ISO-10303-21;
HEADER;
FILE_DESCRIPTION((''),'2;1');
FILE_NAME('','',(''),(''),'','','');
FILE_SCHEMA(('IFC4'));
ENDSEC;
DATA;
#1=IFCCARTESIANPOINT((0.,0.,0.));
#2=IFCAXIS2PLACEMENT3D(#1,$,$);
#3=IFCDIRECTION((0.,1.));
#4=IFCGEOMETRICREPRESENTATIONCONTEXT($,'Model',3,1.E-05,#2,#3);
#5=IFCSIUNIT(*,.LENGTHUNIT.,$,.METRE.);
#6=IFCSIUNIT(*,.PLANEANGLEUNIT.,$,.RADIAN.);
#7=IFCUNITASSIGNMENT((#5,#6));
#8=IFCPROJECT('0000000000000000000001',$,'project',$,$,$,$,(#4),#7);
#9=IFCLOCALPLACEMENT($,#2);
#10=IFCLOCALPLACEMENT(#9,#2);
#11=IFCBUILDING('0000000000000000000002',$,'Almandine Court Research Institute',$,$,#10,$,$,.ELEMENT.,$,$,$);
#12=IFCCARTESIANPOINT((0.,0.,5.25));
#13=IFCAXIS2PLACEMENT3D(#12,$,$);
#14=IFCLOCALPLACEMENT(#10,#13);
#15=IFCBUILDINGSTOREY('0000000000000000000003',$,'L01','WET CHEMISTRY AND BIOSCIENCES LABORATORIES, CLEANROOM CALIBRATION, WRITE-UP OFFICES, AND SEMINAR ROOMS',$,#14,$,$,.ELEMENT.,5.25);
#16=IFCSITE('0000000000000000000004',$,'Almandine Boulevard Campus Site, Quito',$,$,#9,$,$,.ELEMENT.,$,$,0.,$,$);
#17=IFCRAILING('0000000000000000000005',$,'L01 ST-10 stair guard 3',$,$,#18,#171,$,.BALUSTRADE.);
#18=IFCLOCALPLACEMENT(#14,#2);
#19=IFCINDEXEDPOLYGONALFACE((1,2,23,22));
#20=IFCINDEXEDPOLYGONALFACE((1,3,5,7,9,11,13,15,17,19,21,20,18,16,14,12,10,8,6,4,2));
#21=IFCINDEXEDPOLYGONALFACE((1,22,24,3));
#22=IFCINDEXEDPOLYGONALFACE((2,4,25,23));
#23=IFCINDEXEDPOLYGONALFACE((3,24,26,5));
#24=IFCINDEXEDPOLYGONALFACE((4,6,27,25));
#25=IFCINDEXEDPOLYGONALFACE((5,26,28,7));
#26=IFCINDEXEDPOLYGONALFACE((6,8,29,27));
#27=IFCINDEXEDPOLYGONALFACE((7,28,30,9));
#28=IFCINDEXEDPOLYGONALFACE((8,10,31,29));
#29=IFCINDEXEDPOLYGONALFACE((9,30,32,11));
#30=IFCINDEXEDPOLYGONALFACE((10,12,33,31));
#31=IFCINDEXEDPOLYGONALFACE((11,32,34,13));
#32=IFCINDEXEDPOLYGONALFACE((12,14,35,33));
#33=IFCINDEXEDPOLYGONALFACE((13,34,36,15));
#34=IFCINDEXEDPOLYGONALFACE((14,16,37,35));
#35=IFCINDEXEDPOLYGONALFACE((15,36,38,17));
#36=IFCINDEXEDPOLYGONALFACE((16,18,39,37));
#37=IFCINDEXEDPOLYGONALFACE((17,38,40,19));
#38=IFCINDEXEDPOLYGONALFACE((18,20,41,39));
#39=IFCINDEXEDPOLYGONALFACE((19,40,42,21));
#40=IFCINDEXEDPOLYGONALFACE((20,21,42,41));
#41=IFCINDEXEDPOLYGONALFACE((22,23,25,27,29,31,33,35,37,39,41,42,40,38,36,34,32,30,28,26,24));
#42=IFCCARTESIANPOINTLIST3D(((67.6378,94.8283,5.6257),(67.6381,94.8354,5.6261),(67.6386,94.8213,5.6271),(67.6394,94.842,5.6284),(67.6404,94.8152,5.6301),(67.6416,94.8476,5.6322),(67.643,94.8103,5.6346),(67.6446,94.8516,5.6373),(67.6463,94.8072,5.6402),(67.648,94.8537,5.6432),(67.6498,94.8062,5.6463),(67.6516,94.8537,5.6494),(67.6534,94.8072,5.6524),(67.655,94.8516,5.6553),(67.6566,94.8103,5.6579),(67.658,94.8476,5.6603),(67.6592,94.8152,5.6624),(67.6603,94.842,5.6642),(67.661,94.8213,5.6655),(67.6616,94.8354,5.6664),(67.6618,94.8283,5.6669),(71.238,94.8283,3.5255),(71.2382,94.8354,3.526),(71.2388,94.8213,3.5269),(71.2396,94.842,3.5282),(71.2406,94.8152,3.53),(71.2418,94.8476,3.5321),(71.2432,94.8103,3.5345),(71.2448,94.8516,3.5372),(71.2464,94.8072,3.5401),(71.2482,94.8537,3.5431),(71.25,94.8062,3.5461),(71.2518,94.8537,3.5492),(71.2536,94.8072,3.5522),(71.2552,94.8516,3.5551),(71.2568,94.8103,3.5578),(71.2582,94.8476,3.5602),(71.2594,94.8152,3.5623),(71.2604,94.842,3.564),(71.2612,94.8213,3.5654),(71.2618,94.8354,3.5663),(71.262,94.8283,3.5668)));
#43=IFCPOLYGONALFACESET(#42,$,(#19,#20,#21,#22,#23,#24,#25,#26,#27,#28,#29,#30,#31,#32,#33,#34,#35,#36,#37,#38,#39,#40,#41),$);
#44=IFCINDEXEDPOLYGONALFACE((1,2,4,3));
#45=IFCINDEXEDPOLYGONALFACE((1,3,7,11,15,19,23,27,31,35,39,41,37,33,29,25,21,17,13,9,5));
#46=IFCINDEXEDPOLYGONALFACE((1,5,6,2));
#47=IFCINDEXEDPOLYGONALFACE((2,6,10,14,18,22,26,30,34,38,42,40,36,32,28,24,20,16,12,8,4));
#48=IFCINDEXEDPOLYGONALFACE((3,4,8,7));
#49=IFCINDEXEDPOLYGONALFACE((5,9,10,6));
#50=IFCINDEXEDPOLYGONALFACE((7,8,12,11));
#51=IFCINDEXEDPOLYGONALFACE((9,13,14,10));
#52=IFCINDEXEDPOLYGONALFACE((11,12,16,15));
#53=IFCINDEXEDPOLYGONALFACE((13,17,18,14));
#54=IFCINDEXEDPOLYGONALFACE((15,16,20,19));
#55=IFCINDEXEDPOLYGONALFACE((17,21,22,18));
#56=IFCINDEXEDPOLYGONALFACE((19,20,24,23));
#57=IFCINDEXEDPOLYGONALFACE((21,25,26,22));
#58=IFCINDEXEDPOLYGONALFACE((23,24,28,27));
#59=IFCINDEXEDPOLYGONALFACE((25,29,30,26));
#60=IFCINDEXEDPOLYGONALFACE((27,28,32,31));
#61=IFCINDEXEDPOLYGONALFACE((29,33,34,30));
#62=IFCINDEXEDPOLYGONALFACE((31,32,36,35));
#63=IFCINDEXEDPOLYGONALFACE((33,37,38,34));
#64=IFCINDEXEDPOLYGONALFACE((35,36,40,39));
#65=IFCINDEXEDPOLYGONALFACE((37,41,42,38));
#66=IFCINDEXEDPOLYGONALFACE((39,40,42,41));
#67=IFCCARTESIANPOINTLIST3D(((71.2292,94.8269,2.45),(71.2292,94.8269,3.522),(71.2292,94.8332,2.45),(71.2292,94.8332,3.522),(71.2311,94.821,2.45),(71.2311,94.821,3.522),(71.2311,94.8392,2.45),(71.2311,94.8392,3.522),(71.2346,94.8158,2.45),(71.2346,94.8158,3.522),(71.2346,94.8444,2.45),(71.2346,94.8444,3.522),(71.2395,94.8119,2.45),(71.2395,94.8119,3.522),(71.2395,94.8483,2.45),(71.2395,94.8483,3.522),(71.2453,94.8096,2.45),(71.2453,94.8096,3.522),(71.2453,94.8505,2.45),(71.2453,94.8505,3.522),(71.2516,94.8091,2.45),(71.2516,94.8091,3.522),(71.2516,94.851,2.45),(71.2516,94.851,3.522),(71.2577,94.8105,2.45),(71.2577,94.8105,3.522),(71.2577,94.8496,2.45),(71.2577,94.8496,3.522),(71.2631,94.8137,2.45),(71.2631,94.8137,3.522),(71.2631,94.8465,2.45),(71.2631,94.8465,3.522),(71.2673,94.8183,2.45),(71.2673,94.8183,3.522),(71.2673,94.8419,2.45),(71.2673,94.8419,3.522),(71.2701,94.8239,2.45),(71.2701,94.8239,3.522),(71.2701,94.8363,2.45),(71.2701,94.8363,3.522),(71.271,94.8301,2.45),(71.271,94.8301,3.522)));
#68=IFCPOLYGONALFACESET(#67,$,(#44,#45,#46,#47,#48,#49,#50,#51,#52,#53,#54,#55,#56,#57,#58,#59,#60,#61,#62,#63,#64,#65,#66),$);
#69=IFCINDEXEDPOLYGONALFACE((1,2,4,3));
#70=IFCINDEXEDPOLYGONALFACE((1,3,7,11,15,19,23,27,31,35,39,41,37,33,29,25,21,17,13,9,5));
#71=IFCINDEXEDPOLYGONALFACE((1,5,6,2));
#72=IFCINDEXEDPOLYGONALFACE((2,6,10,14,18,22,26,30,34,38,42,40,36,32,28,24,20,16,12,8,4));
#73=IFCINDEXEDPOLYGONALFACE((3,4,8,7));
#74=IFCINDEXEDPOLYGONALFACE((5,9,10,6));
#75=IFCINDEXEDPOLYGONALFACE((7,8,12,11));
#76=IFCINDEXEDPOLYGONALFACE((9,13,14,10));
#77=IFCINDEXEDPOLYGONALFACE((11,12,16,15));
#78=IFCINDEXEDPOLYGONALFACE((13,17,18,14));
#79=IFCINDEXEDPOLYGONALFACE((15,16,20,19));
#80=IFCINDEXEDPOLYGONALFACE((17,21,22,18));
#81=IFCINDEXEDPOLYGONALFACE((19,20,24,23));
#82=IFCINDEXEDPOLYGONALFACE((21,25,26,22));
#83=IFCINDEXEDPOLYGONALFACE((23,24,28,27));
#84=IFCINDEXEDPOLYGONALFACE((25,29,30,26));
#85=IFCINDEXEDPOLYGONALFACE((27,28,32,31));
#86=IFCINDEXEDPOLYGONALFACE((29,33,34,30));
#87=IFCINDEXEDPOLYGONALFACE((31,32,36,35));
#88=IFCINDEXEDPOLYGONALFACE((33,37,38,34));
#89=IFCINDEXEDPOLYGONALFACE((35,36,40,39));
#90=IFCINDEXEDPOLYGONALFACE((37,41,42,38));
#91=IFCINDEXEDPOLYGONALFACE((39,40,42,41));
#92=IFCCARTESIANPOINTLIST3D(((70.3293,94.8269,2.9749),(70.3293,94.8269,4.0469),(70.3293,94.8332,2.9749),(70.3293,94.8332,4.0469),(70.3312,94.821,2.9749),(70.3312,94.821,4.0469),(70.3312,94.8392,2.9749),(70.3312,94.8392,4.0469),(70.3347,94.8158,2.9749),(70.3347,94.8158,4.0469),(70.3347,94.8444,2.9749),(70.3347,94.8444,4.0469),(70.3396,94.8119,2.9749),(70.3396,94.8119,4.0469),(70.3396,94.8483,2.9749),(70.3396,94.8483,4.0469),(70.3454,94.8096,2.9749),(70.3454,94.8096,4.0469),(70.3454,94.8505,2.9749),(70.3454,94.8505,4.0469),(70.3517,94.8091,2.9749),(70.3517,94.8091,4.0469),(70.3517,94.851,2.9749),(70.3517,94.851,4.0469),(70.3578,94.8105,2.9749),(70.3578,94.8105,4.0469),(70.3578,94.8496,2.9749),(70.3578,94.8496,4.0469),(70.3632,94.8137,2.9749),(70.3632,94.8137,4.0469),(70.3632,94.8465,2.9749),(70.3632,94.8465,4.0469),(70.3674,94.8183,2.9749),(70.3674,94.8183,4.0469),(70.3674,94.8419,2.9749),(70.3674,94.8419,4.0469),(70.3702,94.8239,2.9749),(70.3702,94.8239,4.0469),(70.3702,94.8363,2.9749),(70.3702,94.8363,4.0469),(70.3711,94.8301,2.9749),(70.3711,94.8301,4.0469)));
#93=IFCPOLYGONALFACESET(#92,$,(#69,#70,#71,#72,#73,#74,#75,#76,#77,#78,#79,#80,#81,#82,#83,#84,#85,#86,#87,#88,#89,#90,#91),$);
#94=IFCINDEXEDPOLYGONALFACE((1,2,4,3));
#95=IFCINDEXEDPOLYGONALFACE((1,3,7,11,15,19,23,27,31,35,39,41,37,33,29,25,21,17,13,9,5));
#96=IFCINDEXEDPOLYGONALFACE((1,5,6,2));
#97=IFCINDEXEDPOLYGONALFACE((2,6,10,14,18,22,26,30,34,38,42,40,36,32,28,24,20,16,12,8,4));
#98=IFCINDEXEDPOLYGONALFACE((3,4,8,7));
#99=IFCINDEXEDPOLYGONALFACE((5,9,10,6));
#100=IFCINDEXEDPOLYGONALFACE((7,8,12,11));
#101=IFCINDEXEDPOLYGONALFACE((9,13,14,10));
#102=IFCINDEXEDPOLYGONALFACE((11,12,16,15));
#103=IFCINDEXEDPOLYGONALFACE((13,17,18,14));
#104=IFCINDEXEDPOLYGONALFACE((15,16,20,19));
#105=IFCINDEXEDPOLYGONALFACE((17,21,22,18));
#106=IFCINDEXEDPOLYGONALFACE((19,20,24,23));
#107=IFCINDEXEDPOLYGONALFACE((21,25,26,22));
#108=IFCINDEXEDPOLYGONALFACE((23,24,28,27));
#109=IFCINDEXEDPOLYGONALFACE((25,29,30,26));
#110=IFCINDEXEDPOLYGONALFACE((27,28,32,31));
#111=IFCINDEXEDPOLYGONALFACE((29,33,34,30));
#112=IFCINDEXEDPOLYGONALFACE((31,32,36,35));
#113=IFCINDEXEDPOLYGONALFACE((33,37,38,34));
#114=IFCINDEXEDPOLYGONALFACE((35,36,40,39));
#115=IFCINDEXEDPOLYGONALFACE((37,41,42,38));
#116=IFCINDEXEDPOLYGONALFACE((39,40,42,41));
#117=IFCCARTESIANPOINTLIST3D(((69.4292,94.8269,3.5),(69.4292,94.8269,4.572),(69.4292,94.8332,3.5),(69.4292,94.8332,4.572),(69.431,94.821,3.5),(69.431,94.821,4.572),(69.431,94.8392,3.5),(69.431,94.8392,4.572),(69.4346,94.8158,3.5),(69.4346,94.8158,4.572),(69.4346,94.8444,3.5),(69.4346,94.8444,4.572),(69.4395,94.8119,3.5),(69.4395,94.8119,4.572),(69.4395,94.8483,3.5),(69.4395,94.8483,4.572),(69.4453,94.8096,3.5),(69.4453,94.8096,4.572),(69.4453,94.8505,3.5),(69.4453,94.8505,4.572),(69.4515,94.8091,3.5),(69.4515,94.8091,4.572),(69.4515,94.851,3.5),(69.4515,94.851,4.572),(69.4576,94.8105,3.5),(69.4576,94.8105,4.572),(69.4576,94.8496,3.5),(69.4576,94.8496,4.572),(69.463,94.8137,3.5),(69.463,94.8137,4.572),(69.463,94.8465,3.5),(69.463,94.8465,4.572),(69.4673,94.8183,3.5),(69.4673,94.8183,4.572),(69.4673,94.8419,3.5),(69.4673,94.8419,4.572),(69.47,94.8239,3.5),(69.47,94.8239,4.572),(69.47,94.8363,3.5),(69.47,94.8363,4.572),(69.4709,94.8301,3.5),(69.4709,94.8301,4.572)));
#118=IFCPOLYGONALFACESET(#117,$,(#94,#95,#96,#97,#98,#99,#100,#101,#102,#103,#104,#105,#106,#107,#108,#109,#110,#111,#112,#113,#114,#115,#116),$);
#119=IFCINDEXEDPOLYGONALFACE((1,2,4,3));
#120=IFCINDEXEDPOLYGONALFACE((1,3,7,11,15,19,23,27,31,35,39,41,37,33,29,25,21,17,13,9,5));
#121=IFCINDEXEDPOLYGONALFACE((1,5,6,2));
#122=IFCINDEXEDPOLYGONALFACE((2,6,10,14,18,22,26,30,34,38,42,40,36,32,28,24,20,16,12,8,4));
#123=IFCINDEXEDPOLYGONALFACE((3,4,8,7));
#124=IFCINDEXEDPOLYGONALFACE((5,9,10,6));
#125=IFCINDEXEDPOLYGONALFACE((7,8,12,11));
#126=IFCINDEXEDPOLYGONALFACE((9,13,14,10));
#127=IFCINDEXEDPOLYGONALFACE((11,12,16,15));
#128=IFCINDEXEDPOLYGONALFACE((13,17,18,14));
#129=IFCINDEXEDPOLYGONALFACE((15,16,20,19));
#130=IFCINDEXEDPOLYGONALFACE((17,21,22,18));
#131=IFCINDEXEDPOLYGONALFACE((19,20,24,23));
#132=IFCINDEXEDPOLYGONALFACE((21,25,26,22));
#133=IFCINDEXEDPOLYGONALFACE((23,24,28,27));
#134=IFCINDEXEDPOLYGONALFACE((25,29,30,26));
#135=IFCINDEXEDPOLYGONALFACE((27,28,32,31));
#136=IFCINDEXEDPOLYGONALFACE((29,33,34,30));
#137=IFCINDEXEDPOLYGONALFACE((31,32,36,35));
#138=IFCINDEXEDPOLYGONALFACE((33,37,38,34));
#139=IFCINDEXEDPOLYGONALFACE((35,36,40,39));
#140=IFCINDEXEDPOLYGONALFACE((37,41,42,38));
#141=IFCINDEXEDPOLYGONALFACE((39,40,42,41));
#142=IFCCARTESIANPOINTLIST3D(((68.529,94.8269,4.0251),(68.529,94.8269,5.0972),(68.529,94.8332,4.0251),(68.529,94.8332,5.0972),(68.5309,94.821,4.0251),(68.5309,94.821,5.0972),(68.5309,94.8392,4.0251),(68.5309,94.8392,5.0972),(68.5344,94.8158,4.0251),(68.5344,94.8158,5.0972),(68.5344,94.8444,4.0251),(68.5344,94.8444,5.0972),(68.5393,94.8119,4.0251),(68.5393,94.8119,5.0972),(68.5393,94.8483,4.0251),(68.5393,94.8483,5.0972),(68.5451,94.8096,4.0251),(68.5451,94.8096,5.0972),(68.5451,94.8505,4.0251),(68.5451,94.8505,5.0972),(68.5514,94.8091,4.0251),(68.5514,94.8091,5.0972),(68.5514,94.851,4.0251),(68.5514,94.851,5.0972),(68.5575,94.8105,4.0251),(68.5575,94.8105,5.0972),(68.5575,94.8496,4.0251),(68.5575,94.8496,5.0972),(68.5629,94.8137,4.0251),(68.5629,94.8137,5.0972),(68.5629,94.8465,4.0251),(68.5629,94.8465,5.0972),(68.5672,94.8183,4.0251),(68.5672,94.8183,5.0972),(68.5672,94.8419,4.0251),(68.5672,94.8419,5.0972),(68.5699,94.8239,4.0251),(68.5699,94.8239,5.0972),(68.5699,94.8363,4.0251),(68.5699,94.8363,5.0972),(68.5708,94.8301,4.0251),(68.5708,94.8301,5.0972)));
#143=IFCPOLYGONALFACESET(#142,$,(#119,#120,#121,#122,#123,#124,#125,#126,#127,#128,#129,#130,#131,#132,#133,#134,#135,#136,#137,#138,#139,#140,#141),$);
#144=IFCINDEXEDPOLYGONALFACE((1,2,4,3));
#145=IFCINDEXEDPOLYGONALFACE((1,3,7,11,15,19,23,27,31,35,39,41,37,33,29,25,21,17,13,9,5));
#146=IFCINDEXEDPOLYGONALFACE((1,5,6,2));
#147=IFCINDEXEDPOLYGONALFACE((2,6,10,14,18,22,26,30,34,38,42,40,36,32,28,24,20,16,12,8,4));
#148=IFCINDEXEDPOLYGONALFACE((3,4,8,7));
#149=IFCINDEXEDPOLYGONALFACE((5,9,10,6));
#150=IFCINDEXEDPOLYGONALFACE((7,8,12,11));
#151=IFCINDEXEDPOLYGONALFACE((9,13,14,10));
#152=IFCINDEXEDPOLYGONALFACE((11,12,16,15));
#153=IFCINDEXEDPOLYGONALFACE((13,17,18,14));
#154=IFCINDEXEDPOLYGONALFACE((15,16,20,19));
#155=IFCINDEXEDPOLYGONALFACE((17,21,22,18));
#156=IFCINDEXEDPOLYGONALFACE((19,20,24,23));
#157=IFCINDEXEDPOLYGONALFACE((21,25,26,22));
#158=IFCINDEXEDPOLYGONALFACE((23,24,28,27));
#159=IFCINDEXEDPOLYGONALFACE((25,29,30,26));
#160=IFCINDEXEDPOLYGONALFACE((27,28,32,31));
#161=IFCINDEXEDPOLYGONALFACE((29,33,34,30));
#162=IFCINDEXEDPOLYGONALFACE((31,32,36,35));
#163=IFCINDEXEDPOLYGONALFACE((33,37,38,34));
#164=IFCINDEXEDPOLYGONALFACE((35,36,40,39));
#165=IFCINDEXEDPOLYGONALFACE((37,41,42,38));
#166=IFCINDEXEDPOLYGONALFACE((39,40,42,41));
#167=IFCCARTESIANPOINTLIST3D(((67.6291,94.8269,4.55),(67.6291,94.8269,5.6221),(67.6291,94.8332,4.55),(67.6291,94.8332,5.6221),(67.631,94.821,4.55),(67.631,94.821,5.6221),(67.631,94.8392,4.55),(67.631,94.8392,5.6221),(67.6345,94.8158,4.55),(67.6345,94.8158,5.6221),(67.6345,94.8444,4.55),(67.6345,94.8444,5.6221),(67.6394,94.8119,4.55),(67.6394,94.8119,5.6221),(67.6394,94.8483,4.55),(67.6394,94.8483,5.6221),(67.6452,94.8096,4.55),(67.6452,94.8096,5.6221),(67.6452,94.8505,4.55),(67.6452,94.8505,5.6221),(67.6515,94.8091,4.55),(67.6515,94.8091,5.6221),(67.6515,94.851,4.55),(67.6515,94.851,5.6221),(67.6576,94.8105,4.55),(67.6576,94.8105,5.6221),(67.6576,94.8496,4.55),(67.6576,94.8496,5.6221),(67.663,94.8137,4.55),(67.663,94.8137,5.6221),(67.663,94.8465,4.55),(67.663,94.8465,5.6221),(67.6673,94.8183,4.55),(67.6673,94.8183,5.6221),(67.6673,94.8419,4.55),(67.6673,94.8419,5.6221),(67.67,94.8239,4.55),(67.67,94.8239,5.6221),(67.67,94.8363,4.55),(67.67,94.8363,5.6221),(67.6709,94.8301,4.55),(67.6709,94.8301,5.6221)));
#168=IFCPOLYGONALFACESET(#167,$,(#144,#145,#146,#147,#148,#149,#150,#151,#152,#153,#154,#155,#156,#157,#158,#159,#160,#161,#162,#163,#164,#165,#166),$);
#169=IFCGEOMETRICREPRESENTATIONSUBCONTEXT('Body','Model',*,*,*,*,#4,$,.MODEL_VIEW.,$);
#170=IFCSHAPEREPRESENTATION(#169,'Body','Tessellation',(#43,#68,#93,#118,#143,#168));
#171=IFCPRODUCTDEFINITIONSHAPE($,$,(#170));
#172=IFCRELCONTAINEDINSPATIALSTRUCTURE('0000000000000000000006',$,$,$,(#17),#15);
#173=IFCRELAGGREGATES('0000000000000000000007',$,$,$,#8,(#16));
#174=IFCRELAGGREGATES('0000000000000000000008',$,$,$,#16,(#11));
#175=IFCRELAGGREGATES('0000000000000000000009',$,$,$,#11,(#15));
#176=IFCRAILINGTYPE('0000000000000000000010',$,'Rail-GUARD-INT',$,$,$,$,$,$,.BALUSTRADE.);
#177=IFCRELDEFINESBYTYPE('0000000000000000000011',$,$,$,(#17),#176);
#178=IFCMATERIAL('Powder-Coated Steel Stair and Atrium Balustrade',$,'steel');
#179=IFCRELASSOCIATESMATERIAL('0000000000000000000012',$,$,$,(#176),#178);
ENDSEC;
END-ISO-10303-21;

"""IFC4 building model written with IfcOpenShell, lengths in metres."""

from ifc_helpers import new_model, si_unit, direction, frame, origin, origin_2d, place, context, subcontext, project, spatial, circle, extrude, material, type_object, element, save


model = new_model("IFC4")

# Units and contexts
model_context = context("Model", 3, precision=1e-05, world=origin(), true_north=direction((0.0, 1.0)))
body_context = subcontext(model_context, "Body", "Model", "MODEL_VIEW")
ifc_project = project(units=[si_unit("LENGTHUNIT", "METRE"), si_unit("PLANEANGLEUNIT", "RADIAN")], contexts=[model_context])

# Site, building, storey
site_placement = place(None, origin())
site = spatial("IfcSite", under=ifc_project, at=site_placement, Name="Almandine Boulevard Campus Site, Quito", CompositionType="ELEMENT", RefElevation=0.0)
building_placement = place(site_placement, origin())
building = spatial("IfcBuilding", under=site, at=building_placement, Name="Almandine Court Research Institute", CompositionType="ELEMENT")
storey_placement = place(building_placement, frame((0.0, 0.0, 5.25)))
storey = spatial("IfcBuildingStorey", under=building, at=storey_placement, Name="L01", Description="WET CHEMISTRY AND BIOSCIENCES LABORATORIES, CLEANROOM CALIBRATION, WRITE-UP OFFICES, AND SEMINAR ROOMS", CompositionType="ELEMENT", Elevation=5.25)

# Railing
ifc_material_1 = material(Name="Powder-Coated Steel Stair and Atrium Balustrade", Category="steel")
railing_type_1 = type_object("IfcRailingType", Name="Rail-GUARD-INT", PredefinedType="BALUSTRADE", material=ifc_material_1)
railing_1_placement = place(storey_placement, frame((71.25, 94.8301, 2.45)))
element("IfcRailing", 1, at=railing_1_placement, inside=storey, type_object=railing_type_1, Name="L01 ST-10 stair guard 3", PredefinedType="BALUSTRADE", context=body_context, shape_type="SweptSolid", body=[
    extrude(circle(Radius=0.0239, at=origin_2d()), frame((0.0, 0.0, 1.0962), z_axis=(-0.863775, 0.0, 0.503878), x_axis=(0.0, -1.0, 0.0)), (0.0, 0.0, 1.0), 4.168),
    extrude(circle(Radius=0.021, at=origin_2d()), origin(), (0.0, 0.0, 1.0), 1.072),
    extrude(circle(Radius=0.021, at=origin_2d()), frame((-0.8999, 0.0, 0.5249)), (0.0, 0.0, 1.0), 1.072),
    extrude(circle(Radius=0.021, at=origin_2d()), frame((-1.8, 0.0, 1.05)), (0.0, 0.0, 1.0), 1.072),
    extrude(circle(Radius=0.021, at=origin_2d()), frame((-2.7002, 0.0, 1.5752)), (0.0, 0.0, 1.0), 1.072),
    extrude(circle(Radius=0.021, at=origin_2d()), frame((-3.6001, 0.0, 2.1001)), (0.0, 0.0, 1.0), 1.072),
])

save(model, "model.ifc")
